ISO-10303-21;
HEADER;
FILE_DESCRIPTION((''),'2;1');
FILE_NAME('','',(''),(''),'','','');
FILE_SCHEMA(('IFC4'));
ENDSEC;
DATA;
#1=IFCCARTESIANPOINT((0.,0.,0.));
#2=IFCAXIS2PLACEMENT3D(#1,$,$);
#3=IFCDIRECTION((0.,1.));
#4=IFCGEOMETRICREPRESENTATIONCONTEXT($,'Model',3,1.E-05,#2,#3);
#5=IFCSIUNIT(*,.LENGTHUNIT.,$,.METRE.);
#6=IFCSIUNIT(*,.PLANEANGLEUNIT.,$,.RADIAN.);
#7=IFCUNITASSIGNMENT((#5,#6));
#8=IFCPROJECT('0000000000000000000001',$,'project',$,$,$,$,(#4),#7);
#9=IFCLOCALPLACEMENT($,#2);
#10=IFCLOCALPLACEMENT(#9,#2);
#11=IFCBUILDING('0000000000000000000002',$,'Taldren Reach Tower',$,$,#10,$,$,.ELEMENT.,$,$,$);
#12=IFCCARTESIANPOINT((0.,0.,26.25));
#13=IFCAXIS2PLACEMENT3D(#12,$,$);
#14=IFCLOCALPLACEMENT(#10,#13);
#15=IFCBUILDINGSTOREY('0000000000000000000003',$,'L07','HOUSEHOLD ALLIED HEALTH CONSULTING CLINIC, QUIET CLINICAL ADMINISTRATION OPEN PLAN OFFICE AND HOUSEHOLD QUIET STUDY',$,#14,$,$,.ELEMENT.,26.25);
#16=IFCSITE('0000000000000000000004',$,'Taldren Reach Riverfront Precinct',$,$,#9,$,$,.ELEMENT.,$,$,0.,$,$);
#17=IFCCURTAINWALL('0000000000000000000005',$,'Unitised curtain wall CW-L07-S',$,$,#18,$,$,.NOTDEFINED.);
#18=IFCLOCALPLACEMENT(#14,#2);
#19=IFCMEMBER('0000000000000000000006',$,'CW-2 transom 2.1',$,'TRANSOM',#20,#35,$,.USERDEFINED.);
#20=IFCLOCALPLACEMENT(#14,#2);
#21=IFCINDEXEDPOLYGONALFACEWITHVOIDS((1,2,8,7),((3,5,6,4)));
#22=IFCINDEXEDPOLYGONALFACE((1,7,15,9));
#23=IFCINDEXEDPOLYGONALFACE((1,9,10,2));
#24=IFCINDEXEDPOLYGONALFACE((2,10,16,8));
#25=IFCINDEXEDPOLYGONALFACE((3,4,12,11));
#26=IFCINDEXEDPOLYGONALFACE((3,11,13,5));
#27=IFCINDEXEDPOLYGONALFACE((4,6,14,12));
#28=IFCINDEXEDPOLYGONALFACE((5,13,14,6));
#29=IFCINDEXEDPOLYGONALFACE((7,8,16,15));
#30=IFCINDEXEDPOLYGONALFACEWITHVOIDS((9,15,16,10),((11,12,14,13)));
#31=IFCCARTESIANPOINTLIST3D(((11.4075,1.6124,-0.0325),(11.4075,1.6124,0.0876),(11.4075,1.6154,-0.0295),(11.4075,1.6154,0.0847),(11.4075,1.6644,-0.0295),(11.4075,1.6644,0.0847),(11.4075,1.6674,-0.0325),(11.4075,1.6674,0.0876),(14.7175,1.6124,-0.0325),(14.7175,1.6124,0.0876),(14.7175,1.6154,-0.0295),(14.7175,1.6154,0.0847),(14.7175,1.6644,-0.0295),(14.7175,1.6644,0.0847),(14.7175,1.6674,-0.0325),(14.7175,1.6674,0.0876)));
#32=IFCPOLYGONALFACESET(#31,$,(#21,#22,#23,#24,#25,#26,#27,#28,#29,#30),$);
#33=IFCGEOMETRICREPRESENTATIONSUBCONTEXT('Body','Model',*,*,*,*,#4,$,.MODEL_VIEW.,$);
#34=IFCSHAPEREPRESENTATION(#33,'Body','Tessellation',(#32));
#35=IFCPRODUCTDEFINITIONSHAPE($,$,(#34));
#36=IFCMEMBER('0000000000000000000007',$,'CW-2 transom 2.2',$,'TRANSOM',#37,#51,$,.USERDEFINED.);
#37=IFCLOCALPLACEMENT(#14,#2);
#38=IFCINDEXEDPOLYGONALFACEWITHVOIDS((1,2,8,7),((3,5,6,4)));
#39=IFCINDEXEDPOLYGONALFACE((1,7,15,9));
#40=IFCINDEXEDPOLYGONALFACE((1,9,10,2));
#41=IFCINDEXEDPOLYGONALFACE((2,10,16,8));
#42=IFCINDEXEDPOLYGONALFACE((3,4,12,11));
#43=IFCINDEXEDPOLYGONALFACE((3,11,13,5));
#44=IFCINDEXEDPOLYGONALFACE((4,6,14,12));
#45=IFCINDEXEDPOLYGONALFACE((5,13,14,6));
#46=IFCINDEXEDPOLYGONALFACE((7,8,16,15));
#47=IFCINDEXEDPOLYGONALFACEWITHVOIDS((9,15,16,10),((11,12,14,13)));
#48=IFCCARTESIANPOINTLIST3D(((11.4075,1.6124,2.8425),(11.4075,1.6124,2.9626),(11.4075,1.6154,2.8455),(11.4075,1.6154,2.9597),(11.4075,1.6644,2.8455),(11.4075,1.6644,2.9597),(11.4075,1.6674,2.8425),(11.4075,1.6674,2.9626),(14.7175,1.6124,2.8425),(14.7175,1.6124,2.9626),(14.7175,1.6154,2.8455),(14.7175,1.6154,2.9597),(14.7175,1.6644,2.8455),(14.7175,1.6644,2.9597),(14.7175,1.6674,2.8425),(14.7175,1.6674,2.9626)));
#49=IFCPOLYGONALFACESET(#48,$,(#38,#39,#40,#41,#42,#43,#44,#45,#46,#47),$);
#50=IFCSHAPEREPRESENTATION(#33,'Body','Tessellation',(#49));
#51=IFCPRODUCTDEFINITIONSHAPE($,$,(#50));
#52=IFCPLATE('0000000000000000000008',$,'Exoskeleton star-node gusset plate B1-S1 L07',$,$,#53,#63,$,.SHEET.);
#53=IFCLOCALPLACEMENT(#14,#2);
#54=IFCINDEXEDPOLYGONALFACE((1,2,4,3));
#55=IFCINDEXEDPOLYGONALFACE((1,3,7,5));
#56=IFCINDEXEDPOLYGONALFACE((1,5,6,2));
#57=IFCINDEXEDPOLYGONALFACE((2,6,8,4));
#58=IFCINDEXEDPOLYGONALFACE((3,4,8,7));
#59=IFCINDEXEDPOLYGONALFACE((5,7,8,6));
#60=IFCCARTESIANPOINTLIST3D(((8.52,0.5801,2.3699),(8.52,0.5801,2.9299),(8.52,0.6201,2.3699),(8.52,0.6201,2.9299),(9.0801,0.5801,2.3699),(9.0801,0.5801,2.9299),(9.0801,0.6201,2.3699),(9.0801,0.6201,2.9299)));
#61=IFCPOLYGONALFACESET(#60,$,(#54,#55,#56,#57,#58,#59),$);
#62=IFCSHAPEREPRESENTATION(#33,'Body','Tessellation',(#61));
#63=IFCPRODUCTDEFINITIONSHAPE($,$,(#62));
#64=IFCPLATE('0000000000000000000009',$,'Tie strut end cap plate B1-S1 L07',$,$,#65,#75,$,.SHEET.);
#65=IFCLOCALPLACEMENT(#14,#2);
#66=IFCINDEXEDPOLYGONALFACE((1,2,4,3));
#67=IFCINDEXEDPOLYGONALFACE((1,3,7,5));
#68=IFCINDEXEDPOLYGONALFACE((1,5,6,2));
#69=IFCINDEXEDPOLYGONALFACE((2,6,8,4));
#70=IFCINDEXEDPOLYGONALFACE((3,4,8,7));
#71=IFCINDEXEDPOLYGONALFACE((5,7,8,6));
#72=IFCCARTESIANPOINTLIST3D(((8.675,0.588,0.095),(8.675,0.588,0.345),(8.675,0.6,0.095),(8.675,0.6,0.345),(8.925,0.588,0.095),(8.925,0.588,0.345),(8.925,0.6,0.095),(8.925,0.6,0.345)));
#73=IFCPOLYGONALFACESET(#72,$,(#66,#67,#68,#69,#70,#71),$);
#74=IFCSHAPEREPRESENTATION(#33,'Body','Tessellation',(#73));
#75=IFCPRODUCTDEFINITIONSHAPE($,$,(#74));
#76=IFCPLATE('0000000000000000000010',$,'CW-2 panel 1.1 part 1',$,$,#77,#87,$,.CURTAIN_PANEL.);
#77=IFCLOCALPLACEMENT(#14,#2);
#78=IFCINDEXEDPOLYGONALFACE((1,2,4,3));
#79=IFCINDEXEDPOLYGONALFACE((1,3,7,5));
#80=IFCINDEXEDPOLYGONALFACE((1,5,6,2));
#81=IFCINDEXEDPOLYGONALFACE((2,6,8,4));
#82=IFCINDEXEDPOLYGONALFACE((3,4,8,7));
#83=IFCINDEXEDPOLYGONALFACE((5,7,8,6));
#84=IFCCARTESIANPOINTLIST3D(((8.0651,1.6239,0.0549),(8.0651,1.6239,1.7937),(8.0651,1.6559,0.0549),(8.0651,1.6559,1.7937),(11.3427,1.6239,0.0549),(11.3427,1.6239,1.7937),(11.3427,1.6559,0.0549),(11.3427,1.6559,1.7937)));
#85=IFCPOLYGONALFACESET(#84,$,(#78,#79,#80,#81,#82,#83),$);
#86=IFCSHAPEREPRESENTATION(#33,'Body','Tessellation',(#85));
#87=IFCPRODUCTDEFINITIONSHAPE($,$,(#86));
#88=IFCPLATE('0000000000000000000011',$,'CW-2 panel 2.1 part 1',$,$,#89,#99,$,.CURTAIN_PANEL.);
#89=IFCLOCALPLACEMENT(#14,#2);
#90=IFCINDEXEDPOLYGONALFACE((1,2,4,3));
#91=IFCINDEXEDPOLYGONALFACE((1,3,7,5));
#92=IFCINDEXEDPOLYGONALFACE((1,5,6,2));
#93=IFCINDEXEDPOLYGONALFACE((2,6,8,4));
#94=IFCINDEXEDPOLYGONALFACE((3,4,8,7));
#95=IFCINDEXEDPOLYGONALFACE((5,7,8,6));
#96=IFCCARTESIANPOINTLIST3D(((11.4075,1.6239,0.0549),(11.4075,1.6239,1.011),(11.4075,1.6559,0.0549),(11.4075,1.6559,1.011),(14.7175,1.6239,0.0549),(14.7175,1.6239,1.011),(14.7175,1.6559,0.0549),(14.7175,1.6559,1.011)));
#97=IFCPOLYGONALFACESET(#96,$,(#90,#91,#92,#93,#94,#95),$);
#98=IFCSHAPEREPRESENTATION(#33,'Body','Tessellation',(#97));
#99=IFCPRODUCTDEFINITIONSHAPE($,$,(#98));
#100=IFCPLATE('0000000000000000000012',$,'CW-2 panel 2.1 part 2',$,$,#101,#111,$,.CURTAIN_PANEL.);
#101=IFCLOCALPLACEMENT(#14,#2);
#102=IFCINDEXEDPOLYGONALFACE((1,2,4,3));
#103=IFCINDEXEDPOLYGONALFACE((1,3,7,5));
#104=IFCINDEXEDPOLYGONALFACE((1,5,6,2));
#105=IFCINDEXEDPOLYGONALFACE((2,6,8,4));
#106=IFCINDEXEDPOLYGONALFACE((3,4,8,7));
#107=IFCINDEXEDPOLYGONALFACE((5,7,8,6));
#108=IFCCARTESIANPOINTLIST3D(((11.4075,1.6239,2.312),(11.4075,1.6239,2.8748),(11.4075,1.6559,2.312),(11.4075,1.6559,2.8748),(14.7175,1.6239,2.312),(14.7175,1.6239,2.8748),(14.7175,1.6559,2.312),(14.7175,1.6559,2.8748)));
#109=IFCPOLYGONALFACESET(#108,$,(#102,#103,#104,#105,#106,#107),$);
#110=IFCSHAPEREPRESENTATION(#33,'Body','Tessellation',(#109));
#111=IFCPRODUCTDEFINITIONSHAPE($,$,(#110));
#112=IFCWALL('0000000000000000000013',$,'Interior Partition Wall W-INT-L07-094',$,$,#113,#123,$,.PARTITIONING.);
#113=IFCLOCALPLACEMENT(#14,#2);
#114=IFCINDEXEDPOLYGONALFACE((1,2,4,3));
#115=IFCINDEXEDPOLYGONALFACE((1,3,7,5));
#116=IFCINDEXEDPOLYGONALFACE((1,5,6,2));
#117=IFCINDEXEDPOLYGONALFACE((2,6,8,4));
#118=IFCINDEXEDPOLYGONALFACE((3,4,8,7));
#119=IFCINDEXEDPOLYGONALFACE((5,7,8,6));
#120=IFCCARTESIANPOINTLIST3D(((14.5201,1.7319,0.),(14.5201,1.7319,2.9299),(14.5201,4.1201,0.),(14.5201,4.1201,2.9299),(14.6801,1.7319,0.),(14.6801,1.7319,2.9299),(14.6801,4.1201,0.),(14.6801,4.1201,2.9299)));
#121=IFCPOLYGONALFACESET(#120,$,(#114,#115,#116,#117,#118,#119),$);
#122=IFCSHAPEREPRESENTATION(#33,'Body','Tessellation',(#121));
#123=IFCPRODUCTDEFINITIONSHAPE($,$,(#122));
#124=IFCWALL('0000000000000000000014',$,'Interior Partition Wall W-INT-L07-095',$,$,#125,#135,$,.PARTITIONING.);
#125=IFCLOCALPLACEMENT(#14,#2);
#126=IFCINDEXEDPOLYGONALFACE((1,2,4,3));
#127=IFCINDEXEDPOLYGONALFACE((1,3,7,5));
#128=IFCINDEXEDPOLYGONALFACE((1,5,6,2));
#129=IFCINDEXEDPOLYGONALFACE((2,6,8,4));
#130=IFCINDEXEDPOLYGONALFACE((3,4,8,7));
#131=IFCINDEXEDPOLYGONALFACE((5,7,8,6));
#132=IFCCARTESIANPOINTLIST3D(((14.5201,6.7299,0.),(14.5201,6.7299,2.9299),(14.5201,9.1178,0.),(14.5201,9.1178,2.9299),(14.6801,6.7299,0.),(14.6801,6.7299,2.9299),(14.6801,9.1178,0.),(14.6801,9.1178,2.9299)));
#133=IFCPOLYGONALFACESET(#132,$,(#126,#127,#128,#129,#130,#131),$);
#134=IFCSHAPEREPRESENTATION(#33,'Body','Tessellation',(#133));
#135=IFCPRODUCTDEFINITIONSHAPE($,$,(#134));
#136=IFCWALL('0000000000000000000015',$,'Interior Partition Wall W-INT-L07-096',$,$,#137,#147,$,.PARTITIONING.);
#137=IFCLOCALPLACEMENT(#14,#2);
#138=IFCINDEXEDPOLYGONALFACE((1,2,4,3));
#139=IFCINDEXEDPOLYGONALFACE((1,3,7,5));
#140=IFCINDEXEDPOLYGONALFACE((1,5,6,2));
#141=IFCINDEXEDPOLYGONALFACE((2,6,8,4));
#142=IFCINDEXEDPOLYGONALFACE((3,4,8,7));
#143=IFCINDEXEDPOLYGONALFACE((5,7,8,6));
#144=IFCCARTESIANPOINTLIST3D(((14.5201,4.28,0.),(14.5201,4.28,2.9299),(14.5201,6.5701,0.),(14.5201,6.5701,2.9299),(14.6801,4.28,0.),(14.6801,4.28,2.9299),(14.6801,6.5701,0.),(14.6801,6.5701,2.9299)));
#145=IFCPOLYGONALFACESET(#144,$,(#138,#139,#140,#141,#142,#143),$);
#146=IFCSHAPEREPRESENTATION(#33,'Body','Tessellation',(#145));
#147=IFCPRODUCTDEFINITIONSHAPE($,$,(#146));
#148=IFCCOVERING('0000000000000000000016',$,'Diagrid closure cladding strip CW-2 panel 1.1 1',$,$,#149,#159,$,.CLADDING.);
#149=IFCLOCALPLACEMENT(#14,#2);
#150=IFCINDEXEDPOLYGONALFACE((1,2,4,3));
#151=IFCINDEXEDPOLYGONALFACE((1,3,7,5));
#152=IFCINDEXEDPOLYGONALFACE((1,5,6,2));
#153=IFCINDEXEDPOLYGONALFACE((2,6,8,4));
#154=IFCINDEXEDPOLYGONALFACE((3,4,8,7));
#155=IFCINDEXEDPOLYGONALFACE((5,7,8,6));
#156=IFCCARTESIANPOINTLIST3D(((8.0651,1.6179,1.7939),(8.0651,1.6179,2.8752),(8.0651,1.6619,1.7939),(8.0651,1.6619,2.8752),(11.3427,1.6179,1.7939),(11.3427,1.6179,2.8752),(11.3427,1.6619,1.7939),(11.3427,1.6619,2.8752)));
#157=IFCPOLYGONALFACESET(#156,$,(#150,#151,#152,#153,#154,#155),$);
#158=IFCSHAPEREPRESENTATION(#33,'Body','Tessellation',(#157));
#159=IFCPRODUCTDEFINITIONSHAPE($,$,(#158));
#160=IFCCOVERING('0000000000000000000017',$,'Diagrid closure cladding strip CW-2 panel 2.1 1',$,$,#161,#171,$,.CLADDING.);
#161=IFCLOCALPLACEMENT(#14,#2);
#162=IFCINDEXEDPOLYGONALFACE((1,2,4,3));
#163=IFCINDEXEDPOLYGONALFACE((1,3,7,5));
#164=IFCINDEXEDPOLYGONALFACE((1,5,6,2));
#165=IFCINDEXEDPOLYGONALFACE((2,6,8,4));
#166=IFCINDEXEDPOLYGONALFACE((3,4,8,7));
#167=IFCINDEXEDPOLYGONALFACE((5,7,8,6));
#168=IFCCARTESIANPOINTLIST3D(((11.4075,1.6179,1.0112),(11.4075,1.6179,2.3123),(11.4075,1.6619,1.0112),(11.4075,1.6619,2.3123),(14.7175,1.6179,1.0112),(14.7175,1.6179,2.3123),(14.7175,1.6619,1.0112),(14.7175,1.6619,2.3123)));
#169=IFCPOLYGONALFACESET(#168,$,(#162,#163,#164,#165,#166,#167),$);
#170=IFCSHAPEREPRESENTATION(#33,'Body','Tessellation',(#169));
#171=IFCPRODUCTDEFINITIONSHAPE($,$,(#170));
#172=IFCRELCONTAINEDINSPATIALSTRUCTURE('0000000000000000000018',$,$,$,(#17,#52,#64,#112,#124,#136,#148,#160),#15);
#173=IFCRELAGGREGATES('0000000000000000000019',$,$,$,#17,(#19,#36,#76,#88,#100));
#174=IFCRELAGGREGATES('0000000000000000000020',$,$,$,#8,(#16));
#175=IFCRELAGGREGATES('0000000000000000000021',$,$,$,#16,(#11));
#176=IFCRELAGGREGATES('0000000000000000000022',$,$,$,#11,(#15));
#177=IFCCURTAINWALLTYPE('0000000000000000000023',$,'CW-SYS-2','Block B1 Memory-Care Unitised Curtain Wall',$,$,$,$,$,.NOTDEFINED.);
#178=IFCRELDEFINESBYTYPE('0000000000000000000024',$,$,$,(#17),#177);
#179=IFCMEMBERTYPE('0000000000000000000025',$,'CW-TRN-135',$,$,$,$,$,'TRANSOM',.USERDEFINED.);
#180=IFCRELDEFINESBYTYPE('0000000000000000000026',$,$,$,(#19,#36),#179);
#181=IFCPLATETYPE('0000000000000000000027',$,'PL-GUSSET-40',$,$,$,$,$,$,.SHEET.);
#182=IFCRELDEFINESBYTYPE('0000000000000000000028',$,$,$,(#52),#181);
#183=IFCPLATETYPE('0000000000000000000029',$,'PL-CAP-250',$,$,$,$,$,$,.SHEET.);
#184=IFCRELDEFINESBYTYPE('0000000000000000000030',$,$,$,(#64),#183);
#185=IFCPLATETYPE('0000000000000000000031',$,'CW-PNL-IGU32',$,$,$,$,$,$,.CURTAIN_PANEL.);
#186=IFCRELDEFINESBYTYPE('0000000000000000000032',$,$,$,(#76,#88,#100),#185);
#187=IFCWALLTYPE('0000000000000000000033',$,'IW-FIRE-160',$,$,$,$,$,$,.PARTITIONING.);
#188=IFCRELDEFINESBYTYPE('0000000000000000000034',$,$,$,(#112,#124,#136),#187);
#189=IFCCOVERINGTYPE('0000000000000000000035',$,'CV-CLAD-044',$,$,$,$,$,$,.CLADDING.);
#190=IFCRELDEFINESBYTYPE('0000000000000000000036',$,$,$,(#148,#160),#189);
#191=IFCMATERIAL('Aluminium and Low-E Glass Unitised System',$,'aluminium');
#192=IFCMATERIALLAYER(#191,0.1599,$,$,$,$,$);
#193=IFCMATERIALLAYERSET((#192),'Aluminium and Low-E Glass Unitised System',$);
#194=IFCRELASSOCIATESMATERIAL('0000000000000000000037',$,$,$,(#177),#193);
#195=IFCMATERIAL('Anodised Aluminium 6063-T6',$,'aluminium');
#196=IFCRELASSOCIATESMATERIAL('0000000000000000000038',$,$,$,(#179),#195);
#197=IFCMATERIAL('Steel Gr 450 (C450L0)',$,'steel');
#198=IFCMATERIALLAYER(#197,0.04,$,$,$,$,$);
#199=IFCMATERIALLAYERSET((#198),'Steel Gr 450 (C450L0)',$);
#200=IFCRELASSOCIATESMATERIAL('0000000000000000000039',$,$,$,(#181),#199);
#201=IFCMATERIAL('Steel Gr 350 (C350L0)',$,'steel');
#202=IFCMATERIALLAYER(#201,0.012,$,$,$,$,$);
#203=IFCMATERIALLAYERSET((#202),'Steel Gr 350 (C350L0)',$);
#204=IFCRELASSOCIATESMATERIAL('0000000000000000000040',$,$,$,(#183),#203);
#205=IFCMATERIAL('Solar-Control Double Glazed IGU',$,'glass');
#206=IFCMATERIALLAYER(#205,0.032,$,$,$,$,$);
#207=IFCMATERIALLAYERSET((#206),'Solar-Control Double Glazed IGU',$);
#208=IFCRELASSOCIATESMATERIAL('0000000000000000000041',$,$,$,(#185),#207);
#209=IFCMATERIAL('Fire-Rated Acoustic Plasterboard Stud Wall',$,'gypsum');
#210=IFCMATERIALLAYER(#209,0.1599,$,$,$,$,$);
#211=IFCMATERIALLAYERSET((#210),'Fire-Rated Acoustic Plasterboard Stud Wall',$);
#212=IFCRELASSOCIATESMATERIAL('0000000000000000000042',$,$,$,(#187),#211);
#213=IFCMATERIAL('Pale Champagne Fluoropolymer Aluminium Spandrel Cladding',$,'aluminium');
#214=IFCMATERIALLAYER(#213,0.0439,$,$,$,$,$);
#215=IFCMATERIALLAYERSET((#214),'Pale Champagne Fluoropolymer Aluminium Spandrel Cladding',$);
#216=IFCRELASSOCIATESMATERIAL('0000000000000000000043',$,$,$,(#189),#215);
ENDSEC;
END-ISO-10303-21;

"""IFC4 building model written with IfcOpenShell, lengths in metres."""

from ifc_helpers import new_model, si_unit, direction, frame, frame_2d, origin, origin_2d, place, context, subcontext, project, spatial, rectangle, hollow_rectangle, extrude, source, transform, mapped, material, layer, layer_set, material_profile, profile_set, type_object, element, aggregate, save


model = new_model("IFC4")

# Units and contexts
model_context = context("Model", 3, precision=1e-05, world=origin(), true_north=direction((0.0, 1.0)))
body_context = subcontext(model_context, "Body", "Model", "MODEL_VIEW")
ifc_project = project(units=[si_unit("LENGTHUNIT", "METRE"), si_unit("PLANEANGLEUNIT", "RADIAN")], contexts=[model_context])

# Site, building, storey
site_placement = place(None, origin())
site = spatial("IfcSite", under=ifc_project, at=site_placement, Name="Taldren Reach Riverfront Precinct", CompositionType="ELEMENT", RefElevation=0.0)
building_placement = place(site_placement, origin())
building = spatial("IfcBuilding", under=site, at=building_placement, Name="Taldren Reach Tower", CompositionType="ELEMENT")
storey_placement = place(building_placement, frame((0.0, 0.0, 26.25)))
storey = spatial("IfcBuildingStorey", under=building, at=storey_placement, Name="L07", Description="HOUSEHOLD ALLIED HEALTH CONSULTING CLINIC, QUIET CLINICAL ADMINISTRATION OPEN PLAN OFFICE AND HOUSEHOLD QUIET STUDY", CompositionType="ELEMENT", Elevation=26.25)

# Shared definitions
ifc_material_1 = material(Name="Steel Gr 450 (C450L0)", Category="steel")
ifc_material_2 = material(Name="Steel Gr 350 (C350L0)", Category="steel")

# Curtain wall, members
ifc_material_3 = material(Name="Aluminium and Low-E Glass Unitised System", Category="aluminium")
ifc_layer_1 = layer(ifc_material_3, 0.1599)
ifc_layer_set_1 = layer_set([ifc_layer_1], Name="Aluminium and Low-E Glass Unitised System")
curtain_wall_type = type_object("IfcCurtainWallType", Name="CW-SYS-2", Description="Block B1 Memory-Care Unitised Curtain Wall", PredefinedType="NOTDEFINED", material=ifc_layer_set_1)
curtain_wall_placement = place(storey_placement, origin())
curtain_wall = element("IfcCurtainWall", 1, at=curtain_wall_placement, inside=storey, type_object=curtain_wall_type, Name="Unitised curtain wall CW-L07-S", PredefinedType="NOTDEFINED")
ifc_material_4 = material(Name="Anodised Aluminium 6063-T6", Category="aluminium")
ifc_material_profile_1 = material_profile(ifc_material_4, hollow_rectangle(XDim=0.0549, YDim=0.1201, WallThickness=0.0029, at=origin_2d()), Name="ALU-120x55x3RHS")
ifc_profile_set_1 = profile_set([ifc_material_profile_1], Name="Anodised Aluminium 6063-T6")
member_type_1 = type_object("IfcMemberType", Name="CW-TRN-135", ElementType="TRANSOM", PredefinedType="USERDEFINED", material=ifc_profile_set_1)
shared_shape_1 = source(origin(), body_context, "Body", "SweptSolid", [
    extrude(hollow_rectangle(XDim=0.0549, YDim=0.1201, WallThickness=0.0029, at=origin_2d()), origin(), (0.0, 0.0, 1.0), 3.3101),
])
member_1_placement = place(storey_placement, frame((11.4075, 1.6399, 0.0276), z_axis=(1.0, 0.0, 0.0), x_axis=(0.0, 1.0, 0.0)))
member_1 = element("IfcMember", 2, at=member_1_placement, type_object=member_type_1, Name="CW-2 transom 2.1", ObjectType="TRANSOM", PredefinedType="USERDEFINED", context=body_context, shape_type="MappedRepresentation", body=[
    mapped(shared_shape_1, transform((0.0, 0.0, 0.0), scale=1.0)),
])
member_2_placement = place(storey_placement, frame((11.4075, 1.6399, 2.9026), z_axis=(1.0, 0.0, 0.0), x_axis=(0.0, 1.0, 0.0)))
member_2 = element("IfcMember", 3, at=member_2_placement, type_object=member_type_1, Name="CW-2 transom 2.2", ObjectType="TRANSOM", PredefinedType="USERDEFINED", context=body_context, shape_type="MappedRepresentation", body=[
    mapped(shared_shape_1, transform((0.0, 0.0, 0.0), scale=1.0)),
])

# Plates
ifc_layer_2 = layer(ifc_material_1, 0.04)
ifc_layer_set_2 = layer_set([ifc_layer_2], Name="Steel Gr 450 (C450L0)")
plate_type_1 = type_object("IfcPlateType", Name="PL-GUSSET-40", PredefinedType="SHEET", material=ifc_layer_set_2)
shared_shape_2 = source(origin(), body_context, "Body", "SweptSolid", [
    extrude(rectangle(XDim=0.5601, YDim=0.04, at=origin_2d()), origin(), (0.0, 0.0, 1.0), 0.5601),
])
plate_1_placement = place(storey_placement, frame((8.8, 0.6001, 2.3699), z_axis=(0.0, 0.0, 1.0), x_axis=(1.0, 0.0, 0.0)))
element("IfcPlate", 4, at=plate_1_placement, inside=storey, type_object=plate_type_1, Name="Exoskeleton star-node gusset plate B1-S1 L07", PredefinedType="SHEET", context=body_context, shape_type="MappedRepresentation", body=[
    mapped(shared_shape_2, transform((0.0, 0.0, 0.0), scale=1.0)),
])
ifc_layer_3 = layer(ifc_material_2, 0.012)
ifc_layer_set_3 = layer_set([ifc_layer_3], Name="Steel Gr 350 (C350L0)")
plate_type_2 = type_object("IfcPlateType", Name="PL-CAP-250", PredefinedType="SHEET", material=ifc_layer_set_3)
shared_shape_3 = source(origin(), body_context, "Body", "SweptSolid", [
    extrude(rectangle(XDim=0.25, YDim=0.012, at=origin_2d()), origin(), (0.0, 0.0, 1.0), 0.25),
])
plate_2_placement = place(storey_placement, frame((8.8, 0.594, 0.095), z_axis=(0.0, 0.0, 1.0), x_axis=(1.0, 0.0, 0.0)))
element("IfcPlate", 5, at=plate_2_placement, inside=storey, type_object=plate_type_2, Name="Tie strut end cap plate B1-S1 L07", PredefinedType="SHEET", context=body_context, shape_type="MappedRepresentation", body=[
    mapped(shared_shape_3, transform((0.0, 0.0, 0.0), scale=1.0)),
])

# Plates
ifc_material_5 = material(Name="Solar-Control Double Glazed IGU", Category="glass")
ifc_layer_4 = layer(ifc_material_5, 0.032)
ifc_layer_set_4 = layer_set([ifc_layer_4], Name="Solar-Control Double Glazed IGU")
plate_type_3 = type_object("IfcPlateType", Name="CW-PNL-IGU32", PredefinedType="CURTAIN_PANEL", material=ifc_layer_set_4)
shared_shape_4 = source(origin(), body_context, "Body", "SweptSolid", [
    extrude(rectangle(XDim=3.2776, YDim=0.032, at=origin_2d()), origin(), (0.0, 0.0, 1.0), 1.7388),
])
plate_3_placement = place(storey_placement, frame((9.7039, 1.6399, 0.0549), z_axis=(0.0, 0.0, 1.0), x_axis=(1.0, 0.0, 0.0)))
plate_3 = element("IfcPlate", 6, at=plate_3_placement, type_object=plate_type_3, Name="CW-2 panel 1.1 part 1", PredefinedType="CURTAIN_PANEL", context=body_context, shape_type="MappedRepresentation", body=[
    mapped(shared_shape_4, transform((0.0, 0.0, 0.0), scale=1.0)),
])
shared_shape_5 = source(origin(), body_context, "Body", "SweptSolid", [
    extrude(rectangle(XDim=3.3101, YDim=0.032, at=origin_2d()), origin(), (0.0, 0.0, 1.0), 0.9561),
])
plate_4_placement = place(storey_placement, frame((13.0625, 1.6399, 0.0549), z_axis=(0.0, 0.0, 1.0), x_axis=(1.0, 0.0, 0.0)))
plate_4 = element("IfcPlate", 7, at=plate_4_placement, type_object=plate_type_3, Name="CW-2 panel 2.1 part 1", PredefinedType="CURTAIN_PANEL", context=body_context, shape_type="MappedRepresentation", body=[
    mapped(shared_shape_5, transform((0.0, 0.0, 0.0), scale=1.0)),
])
shared_shape_6 = source(origin(), body_context, "Body", "SweptSolid", [
    extrude(rectangle(XDim=3.3101, YDim=0.032, at=origin_2d()), origin(), (0.0, 0.0, 1.0), 0.5627),
])
plate_5_placement = place(storey_placement, frame((13.0625, 1.6399, 2.312), z_axis=(0.0, 0.0, 1.0), x_axis=(1.0, 0.0, 0.0)))
plate_5 = element("IfcPlate", 8, at=plate_5_placement, type_object=plate_type_3, Name="CW-2 panel 2.1 part 2", PredefinedType="CURTAIN_PANEL", context=body_context, shape_type="MappedRepresentation", body=[
    mapped(shared_shape_6, transform((0.0, 0.0, 0.0), scale=1.0)),
])
aggregate(curtain_wall, [member_1, member_2, plate_3, plate_4, plate_5])

# Walls
ifc_material_6 = material(Name="Fire-Rated Acoustic Plasterboard Stud Wall", Category="gypsum")
ifc_layer_5 = layer(ifc_material_6, 0.1599)
ifc_layer_set_5 = layer_set([ifc_layer_5], Name="Fire-Rated Acoustic Plasterboard Stud Wall")
wall_type = type_object("IfcWallType", Name="IW-FIRE-160", PredefinedType="PARTITIONING", material=ifc_layer_set_5)
shared_shape_7 = source(origin(), body_context, "Body", "SweptSolid", [
    extrude(rectangle(XDim=2.3882, YDim=0.1599, at=frame_2d((1.1941, 0.0))), origin(), (0.0, 0.0, 1.0), 2.9299),
])
wall_1_placement = place(storey_placement, frame((14.6001, 1.7319, 0.0), z_axis=(0.0, 0.0, 1.0), x_axis=(0.0, 1.0, 0.0)))
element("IfcWall", 9, at=wall_1_placement, inside=storey, type_object=wall_type, Name="Interior Partition Wall W-INT-L07-094", PredefinedType="PARTITIONING", context=body_context, shape_type="MappedRepresentation", body=[
    mapped(shared_shape_7, transform((0.0, 0.0, 0.0), scale=1.0)),
])
shared_shape_8 = source(origin(), body_context, "Body", "SweptSolid", [
    extrude(rectangle(XDim=2.3879, YDim=0.1599, at=frame_2d((1.1938, 0.0))), origin(), (0.0, 0.0, 1.0), 2.9299),
])
wall_2_placement = place(storey_placement, frame((14.6001, 6.73, 0.0), z_axis=(0.0, 0.0, 1.0), x_axis=(0.0, 1.0, 0.0)))
element("IfcWall", 10, at=wall_2_placement, inside=storey, type_object=wall_type, Name="Interior Partition Wall W-INT-L07-095", PredefinedType="PARTITIONING", context=body_context, shape_type="MappedRepresentation", body=[
    mapped(shared_shape_8, transform((0.0, 0.0, 0.0), scale=1.0)),
])
shared_shape_9 = source(origin(), body_context, "Body", "SweptSolid", [
    extrude(rectangle(XDim=2.29, YDim=0.1599, at=frame_2d((1.145, 0.0))), origin(), (0.0, 0.0, 1.0), 2.9299),
])
wall_3_placement = place(storey_placement, frame((14.6001, 4.28, 0.0), z_axis=(0.0, 0.0, 1.0), x_axis=(0.0, 1.0, 0.0)))
element("IfcWall", 11, at=wall_3_placement, inside=storey, type_object=wall_type, Name="Interior Partition Wall W-INT-L07-096", PredefinedType="PARTITIONING", context=body_context, shape_type="MappedRepresentation", body=[
    mapped(shared_shape_9, transform((0.0, 0.0, 0.0), scale=1.0)),
])

# Coverings
ifc_material_7 = material(Name="Pale Champagne Fluoropolymer Aluminium Spandrel Cladding", Category="aluminium")
ifc_layer_6 = layer(ifc_material_7, 0.0439)
ifc_layer_set_6 = layer_set([ifc_layer_6], Name="Pale Champagne Fluoropolymer Aluminium Spandrel Cladding")
covering_type = type_object("IfcCoveringType", Name="CV-CLAD-044", PredefinedType="CLADDING", material=ifc_layer_set_6)
shared_shape_10 = source(origin(), body_context, "Body", "SweptSolid", [
    extrude(rectangle(XDim=3.2776, YDim=0.0439, at=origin_2d()), origin(), (0.0, 0.0, 1.0), 1.0813),
])
covering_1_placement = place(storey_placement, frame((9.7039, 1.6399, 1.7939), z_axis=(0.0, 0.0, 1.0), x_axis=(1.0, 0.0, 0.0)))
element("IfcCovering", 12, at=covering_1_placement, inside=storey, type_object=covering_type, Name="Diagrid closure cladding strip CW-2 panel 1.1 1", PredefinedType="CLADDING", context=body_context, shape_type="MappedRepresentation", body=[
    mapped(shared_shape_10, transform((0.0, 0.0, 0.0), scale=1.0)),
])
shared_shape_11 = source(origin(), body_context, "Body", "SweptSolid", [
    extrude(rectangle(XDim=3.3101, YDim=0.0439, at=origin_2d()), origin(), (0.0, 0.0, 1.0), 1.301),
])
covering_2_placement = place(storey_placement, frame((13.0625, 1.6399, 1.0112), z_axis=(0.0, 0.0, 1.0), x_axis=(1.0, 0.0, 0.0)))
element("IfcCovering", 13, at=covering_2_placement, inside=storey, type_object=covering_type, Name="Diagrid closure cladding strip CW-2 panel 2.1 1", PredefinedType="CLADDING", context=body_context, shape_type="MappedRepresentation", body=[
    mapped(shared_shape_11, transform((0.0, 0.0, 0.0), scale=1.0)),
])

save(model, "model.ifc")
